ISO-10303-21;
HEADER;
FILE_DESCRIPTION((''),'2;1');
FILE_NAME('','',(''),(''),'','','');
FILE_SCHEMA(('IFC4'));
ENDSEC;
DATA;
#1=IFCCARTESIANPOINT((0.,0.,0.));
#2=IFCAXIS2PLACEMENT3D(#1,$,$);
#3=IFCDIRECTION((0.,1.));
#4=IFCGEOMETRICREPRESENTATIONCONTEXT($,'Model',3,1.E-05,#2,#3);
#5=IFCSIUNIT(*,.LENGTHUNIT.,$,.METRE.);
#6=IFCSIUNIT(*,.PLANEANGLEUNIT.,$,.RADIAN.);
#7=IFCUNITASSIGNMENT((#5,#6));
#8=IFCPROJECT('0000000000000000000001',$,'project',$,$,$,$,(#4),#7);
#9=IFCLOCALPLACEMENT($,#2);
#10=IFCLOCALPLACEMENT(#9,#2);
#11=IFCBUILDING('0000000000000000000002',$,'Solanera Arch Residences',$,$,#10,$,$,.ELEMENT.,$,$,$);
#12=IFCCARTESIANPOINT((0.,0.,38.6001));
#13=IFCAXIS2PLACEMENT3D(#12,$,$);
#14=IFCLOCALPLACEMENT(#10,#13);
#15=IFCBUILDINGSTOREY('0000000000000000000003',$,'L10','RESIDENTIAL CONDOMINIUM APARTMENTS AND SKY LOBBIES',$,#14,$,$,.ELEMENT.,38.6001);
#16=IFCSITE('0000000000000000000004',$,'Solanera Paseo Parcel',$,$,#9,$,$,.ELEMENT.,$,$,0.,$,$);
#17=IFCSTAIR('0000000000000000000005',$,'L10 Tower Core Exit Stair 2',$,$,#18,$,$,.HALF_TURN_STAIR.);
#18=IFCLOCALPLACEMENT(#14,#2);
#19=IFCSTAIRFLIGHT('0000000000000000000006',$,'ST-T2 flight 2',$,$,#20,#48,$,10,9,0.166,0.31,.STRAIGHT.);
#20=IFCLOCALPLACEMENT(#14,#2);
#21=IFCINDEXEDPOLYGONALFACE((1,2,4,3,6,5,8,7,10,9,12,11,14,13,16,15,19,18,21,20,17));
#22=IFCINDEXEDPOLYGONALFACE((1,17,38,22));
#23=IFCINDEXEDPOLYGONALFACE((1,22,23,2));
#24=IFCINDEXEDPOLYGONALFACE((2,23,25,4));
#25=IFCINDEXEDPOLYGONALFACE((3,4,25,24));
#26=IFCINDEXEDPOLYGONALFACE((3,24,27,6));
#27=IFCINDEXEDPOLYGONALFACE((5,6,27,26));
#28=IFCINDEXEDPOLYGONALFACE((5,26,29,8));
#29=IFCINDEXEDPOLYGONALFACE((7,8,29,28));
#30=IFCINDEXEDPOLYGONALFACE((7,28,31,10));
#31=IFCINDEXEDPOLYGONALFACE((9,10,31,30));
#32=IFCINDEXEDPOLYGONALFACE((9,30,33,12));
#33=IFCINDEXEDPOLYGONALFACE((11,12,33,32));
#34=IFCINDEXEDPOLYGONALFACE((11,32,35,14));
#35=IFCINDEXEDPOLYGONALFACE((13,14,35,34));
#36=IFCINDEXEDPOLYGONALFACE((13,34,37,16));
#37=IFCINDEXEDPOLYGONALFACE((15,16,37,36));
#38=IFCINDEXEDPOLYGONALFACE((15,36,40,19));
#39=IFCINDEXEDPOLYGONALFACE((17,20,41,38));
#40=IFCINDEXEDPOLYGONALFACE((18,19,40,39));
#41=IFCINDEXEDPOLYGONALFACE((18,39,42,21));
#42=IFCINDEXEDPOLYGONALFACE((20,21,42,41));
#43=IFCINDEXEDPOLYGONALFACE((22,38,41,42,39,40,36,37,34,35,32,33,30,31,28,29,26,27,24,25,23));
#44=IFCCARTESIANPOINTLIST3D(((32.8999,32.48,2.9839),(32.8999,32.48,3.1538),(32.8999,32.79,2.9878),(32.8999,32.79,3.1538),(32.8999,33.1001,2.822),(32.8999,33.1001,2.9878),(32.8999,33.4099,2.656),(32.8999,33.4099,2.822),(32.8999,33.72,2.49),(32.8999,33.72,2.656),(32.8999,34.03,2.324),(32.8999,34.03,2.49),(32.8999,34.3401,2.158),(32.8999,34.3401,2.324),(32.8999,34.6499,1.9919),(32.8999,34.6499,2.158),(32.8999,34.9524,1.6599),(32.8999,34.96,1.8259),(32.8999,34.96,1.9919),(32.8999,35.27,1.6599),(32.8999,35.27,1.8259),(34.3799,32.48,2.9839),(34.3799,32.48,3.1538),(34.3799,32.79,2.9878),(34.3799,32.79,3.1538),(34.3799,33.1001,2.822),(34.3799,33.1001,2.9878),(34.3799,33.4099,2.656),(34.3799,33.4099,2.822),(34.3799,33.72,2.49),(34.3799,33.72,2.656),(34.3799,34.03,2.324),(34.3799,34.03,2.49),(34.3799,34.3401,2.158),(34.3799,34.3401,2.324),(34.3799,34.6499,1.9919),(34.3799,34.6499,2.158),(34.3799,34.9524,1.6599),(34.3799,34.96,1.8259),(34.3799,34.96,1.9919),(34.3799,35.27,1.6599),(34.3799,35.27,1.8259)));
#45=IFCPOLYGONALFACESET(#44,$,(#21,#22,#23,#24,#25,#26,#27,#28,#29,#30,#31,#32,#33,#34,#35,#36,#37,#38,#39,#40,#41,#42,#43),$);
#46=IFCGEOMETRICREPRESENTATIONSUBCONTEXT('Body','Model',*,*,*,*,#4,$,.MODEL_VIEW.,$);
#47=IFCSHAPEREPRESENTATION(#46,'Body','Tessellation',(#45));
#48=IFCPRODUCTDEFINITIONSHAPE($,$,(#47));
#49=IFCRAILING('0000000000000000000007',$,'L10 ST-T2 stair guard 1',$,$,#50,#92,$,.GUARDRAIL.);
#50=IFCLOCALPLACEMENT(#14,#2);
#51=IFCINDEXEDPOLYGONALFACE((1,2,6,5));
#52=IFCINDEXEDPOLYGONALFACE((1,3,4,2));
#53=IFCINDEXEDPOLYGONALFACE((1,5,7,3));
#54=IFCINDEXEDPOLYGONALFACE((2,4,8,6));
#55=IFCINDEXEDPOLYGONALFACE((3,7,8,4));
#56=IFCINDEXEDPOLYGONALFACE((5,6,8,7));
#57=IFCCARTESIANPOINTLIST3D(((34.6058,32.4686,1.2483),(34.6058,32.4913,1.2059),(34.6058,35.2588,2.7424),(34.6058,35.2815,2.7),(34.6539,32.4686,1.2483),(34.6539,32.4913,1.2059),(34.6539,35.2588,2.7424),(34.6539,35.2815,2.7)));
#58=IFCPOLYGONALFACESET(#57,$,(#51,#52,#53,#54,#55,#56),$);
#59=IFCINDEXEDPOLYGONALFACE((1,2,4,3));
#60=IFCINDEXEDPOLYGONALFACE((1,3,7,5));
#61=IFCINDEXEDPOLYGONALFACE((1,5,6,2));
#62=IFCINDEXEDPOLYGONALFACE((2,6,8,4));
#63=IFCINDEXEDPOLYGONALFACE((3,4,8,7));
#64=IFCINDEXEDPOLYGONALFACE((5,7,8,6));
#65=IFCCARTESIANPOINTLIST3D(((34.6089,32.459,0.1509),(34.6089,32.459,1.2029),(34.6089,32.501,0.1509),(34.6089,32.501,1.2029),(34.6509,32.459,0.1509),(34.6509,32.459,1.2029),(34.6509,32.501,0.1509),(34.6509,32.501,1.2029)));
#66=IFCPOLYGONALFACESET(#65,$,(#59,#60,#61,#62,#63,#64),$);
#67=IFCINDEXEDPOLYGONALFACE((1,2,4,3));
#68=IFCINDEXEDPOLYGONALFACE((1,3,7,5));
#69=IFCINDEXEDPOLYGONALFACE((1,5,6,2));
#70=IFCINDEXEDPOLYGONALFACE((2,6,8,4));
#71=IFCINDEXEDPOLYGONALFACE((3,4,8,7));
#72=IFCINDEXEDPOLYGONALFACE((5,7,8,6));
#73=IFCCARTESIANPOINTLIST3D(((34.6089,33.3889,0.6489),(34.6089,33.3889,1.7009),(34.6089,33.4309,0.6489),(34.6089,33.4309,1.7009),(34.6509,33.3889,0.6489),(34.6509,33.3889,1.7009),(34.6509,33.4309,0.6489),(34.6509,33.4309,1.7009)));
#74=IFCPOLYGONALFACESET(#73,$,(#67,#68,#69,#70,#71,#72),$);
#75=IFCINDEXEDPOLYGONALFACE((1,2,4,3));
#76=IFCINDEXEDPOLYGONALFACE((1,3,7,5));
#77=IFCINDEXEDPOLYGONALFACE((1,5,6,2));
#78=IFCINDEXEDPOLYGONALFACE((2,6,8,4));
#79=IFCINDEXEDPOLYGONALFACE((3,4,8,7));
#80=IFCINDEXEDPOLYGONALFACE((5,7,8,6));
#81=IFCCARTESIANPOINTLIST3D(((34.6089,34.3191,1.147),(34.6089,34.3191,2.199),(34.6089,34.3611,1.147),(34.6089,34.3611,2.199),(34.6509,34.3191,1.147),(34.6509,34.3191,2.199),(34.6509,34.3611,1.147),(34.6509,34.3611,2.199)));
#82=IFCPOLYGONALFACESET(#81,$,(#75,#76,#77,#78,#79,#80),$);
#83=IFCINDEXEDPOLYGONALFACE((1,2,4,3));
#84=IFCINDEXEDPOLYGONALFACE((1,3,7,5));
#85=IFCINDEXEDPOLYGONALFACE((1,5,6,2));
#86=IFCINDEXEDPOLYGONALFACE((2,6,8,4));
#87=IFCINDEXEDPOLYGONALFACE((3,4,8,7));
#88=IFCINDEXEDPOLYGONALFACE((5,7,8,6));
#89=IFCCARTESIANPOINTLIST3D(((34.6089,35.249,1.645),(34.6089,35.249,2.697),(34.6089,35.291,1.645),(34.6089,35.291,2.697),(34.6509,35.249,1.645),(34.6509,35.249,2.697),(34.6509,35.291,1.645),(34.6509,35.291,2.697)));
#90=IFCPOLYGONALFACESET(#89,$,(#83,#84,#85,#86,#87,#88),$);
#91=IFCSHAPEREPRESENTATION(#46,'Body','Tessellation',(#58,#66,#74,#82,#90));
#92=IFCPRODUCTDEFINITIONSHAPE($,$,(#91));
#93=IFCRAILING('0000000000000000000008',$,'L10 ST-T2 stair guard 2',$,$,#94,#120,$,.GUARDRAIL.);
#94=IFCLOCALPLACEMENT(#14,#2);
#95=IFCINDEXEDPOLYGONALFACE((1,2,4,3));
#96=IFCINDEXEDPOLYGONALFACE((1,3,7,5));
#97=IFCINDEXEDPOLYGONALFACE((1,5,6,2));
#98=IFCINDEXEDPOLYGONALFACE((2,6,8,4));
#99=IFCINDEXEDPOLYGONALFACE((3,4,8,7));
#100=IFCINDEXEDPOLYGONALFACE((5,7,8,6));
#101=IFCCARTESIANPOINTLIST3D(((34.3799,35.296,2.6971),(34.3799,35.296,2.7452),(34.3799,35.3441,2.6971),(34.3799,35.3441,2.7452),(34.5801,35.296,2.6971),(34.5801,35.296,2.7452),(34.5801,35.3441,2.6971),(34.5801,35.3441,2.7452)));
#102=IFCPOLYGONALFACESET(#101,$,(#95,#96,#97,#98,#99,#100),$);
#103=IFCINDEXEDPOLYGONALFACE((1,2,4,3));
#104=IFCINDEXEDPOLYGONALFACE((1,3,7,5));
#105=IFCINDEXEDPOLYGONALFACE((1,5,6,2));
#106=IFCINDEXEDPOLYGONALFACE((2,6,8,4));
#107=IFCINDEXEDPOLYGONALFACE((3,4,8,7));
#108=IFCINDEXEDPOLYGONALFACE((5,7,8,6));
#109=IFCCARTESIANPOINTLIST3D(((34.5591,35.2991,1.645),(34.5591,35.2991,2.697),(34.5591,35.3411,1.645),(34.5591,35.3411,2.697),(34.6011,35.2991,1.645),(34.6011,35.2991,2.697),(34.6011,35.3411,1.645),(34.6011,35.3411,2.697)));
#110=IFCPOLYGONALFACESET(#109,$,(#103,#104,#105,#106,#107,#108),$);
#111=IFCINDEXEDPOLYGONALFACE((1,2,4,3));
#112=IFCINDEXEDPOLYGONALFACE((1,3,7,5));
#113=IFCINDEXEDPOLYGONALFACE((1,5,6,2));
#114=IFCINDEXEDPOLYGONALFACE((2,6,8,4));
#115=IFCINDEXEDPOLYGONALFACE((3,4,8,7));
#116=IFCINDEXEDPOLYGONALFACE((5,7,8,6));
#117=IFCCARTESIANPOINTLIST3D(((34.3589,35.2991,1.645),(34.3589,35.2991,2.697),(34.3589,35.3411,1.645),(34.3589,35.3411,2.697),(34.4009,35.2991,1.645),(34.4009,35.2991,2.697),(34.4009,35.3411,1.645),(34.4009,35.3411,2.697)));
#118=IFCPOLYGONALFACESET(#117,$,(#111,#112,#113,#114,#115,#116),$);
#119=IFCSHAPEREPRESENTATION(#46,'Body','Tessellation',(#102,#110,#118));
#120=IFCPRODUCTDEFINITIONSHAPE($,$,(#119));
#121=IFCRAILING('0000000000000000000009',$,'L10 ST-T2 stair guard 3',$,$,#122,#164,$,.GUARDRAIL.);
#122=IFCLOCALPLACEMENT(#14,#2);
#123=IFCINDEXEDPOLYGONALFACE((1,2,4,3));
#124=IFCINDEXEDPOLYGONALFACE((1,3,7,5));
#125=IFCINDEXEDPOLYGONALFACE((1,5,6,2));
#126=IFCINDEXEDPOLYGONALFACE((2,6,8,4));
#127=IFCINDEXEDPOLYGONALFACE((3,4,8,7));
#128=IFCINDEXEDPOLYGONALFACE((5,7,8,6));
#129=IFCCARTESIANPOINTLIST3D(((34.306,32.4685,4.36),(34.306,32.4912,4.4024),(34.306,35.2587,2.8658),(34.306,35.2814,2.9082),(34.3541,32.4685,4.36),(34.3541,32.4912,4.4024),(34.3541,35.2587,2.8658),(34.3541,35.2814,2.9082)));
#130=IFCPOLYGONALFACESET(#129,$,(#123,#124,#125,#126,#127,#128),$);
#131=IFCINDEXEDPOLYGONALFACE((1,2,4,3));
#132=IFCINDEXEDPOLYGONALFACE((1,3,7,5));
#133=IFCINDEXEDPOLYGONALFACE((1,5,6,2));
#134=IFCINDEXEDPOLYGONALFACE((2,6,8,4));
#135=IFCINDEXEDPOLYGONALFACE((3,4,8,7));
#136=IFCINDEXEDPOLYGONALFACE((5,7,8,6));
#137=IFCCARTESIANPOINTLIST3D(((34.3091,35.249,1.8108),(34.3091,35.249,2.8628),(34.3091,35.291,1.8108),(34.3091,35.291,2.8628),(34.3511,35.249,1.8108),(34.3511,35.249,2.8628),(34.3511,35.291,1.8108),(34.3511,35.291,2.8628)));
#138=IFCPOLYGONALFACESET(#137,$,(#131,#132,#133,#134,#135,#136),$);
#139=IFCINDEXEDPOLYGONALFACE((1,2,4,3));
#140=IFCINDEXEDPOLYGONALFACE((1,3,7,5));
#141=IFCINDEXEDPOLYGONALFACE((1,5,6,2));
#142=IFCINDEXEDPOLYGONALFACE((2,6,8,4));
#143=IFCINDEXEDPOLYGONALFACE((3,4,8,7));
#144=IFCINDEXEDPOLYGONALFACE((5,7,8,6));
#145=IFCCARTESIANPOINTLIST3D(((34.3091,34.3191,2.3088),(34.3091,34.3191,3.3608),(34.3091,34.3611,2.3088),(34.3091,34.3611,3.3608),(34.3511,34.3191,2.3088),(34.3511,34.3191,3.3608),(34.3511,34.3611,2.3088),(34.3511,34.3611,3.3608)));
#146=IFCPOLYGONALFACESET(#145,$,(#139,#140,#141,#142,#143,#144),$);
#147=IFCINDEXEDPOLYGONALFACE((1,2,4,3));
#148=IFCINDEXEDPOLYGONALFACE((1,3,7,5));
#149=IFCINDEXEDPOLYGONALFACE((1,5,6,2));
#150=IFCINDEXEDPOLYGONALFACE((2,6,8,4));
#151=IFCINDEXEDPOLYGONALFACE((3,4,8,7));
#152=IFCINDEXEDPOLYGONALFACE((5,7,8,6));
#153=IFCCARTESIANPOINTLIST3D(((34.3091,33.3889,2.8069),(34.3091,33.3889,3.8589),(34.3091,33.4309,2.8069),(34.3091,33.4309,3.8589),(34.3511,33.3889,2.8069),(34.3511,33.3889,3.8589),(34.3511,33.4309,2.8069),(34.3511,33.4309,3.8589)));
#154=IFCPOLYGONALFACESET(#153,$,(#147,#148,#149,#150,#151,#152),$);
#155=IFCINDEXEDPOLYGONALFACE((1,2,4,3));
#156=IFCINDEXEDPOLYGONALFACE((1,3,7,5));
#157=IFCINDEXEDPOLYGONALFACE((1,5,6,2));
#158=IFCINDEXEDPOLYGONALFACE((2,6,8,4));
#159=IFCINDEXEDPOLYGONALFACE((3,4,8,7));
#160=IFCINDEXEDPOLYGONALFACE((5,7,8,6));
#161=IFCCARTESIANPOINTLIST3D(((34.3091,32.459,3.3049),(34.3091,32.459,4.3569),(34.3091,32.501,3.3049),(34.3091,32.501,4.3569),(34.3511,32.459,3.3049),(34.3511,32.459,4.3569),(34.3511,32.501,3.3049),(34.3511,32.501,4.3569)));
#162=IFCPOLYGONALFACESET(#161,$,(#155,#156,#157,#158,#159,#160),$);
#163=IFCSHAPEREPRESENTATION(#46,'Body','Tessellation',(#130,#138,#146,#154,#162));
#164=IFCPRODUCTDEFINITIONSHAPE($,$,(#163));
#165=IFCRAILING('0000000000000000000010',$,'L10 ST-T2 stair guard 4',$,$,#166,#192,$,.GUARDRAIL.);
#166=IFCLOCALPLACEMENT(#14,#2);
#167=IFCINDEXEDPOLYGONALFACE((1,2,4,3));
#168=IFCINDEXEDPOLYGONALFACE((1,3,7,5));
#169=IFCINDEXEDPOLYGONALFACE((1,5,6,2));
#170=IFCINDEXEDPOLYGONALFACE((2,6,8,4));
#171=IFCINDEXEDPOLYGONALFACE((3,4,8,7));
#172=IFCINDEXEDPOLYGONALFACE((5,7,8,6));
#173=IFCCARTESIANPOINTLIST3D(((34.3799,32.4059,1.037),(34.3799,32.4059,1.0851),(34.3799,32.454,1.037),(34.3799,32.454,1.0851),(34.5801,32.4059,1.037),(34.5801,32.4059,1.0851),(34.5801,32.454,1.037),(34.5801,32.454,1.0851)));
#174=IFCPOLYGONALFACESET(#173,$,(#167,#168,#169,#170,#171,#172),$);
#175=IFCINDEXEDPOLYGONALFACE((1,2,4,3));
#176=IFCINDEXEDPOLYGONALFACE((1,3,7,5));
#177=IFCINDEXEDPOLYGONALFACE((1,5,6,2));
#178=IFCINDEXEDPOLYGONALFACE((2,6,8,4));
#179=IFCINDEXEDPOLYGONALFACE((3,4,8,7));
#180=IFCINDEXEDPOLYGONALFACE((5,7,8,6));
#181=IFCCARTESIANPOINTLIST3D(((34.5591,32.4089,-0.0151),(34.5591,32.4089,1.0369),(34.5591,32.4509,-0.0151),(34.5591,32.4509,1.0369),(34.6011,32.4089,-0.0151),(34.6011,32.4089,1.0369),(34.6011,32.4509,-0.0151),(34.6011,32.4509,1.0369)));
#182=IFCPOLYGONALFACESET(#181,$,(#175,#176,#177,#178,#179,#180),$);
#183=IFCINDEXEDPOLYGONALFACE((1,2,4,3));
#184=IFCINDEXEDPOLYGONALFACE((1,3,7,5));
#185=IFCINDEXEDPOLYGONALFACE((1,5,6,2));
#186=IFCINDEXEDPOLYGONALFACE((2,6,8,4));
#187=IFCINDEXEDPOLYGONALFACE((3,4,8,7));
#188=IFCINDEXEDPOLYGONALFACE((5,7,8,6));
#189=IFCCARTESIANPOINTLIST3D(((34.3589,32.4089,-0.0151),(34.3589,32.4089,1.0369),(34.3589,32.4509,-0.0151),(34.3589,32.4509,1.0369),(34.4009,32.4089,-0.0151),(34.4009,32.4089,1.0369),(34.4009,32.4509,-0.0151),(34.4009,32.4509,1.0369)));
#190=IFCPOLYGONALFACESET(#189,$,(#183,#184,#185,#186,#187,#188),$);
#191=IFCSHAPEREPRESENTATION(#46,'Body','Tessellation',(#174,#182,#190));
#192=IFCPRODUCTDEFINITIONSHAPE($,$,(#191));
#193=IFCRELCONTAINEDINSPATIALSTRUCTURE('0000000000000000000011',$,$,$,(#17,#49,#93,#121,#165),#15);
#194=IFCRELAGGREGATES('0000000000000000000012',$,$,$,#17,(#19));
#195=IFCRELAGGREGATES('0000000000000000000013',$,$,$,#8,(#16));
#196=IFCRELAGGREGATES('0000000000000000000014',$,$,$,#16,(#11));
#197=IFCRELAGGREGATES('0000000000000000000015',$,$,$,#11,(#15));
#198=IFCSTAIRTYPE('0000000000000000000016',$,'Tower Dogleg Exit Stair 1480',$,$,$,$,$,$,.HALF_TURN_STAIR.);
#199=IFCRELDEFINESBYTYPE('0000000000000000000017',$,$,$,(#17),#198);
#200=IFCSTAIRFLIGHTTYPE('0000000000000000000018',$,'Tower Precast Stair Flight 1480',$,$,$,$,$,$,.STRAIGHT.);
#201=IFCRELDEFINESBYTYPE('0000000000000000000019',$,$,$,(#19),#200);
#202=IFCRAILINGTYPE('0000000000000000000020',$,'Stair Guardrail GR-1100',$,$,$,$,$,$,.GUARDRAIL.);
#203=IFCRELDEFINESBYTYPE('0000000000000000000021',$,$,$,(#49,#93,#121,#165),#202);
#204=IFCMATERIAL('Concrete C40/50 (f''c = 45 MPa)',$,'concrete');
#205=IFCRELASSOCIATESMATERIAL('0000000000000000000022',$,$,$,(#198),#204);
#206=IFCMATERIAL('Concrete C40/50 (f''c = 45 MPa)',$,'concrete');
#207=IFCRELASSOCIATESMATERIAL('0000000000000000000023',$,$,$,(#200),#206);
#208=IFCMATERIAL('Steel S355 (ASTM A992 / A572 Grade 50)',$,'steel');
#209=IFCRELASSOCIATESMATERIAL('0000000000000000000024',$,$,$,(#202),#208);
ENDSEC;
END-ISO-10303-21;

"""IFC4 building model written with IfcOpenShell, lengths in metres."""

from ifc_helpers import new_model, si_unit, direction, frame, origin, origin_2d, place, context, subcontext, project, spatial, polyline, rectangle, outline, extrude, material, type_object, element, aggregate, save


model = new_model("IFC4")

# Units and contexts
model_context = context("Model", 3, precision=1e-05, world=origin(), true_north=direction((0.0, 1.0)))
body_context = subcontext(model_context, "Body", "Model", "MODEL_VIEW")
ifc_project = project(units=[si_unit("LENGTHUNIT", "METRE"), si_unit("PLANEANGLEUNIT", "RADIAN")], contexts=[model_context])

# Site, building, storey
site_placement = place(None, origin())
site = spatial("IfcSite", under=ifc_project, at=site_placement, Name="Solanera Paseo Parcel", CompositionType="ELEMENT", RefElevation=0.0)
building_placement = place(site_placement, origin())
building = spatial("IfcBuilding", under=site, at=building_placement, Name="Solanera Arch Residences", CompositionType="ELEMENT")
storey_placement = place(building_placement, frame((0.0, 0.0, 38.6001)))
storey = spatial("IfcBuildingStorey", under=building, at=storey_placement, Name="L10", Description="RESIDENTIAL CONDOMINIUM APARTMENTS AND SKY LOBBIES", CompositionType="ELEMENT", Elevation=38.6001)

# Stair, stair flight
ifc_material_1 = material(Name="Concrete C40/50 (f'c = 45 MPa)", Category="concrete")
stair_type = type_object("IfcStairType", Name="Tower Dogleg Exit Stair 1480", PredefinedType="HALF_TURN_STAIR", material=ifc_material_1)
stair_placement = place(storey_placement, origin())
stair = element("IfcStair", 1, at=stair_placement, inside=storey, type_object=stair_type, Name="L10 Tower Core Exit Stair 2", PredefinedType="HALF_TURN_STAIR")
ifc_material_2 = material(Name="Concrete C40/50 (f'c = 45 MPa)", Category="concrete")
stair_flight_type = type_object("IfcStairFlightType", Name="Tower Precast Stair Flight 1480", PredefinedType="STRAIGHT", material=ifc_material_2)
stair_flight_1_placement = place(storey_placement, frame((33.6399, 35.27, 1.6599), z_axis=(0.0, 0.0, 1.0), x_axis=(0.0, -1.0, 0.0)))
stair_flight_1 = element("IfcStairFlight", 2, at=stair_flight_1_placement, type_object=stair_flight_type, Name="ST-T2 flight 2", NumberOfRisers=10, NumberOfTreads=9, PredefinedType="STRAIGHT", RiserHeight=0.166, TreadLength=0.31, context=body_context, shape_type="SweptSolid", body=[
    extrude(outline(polyline([(0.0, 0.0), (0.0, 0.166), (0.3101, 0.166), (0.3101, 0.332), (0.6201, 0.332), (0.6201, 0.498), (0.9299, 0.498), (0.9299, 0.6641), (1.24, 0.6641), (1.24, 0.8301), (1.55, 0.8301), (1.55, 0.9961), (1.8601, 0.9961), (1.8601, 1.1621), (2.1699, 1.1621), (2.1699, 1.3279), (2.48, 1.3279), (2.48, 1.4939), (2.79, 1.4939), (2.79, 1.6599), (2.79, 1.324), (0.3176, 0.0), (0.0, 0.0)])), frame((0.0, 0.74, 0.0), z_axis=(0.0, -1.0, 0.0), x_axis=(1.0, 0.0, 0.0)), (0.0, 0.0, 1.0), 1.48),
])
aggregate(stair, [stair_flight_1])

# Railings
ifc_material_3 = material(Name="Steel S355 (ASTM A992 / A572 Grade 50)", Category="steel")
railing_type_1 = type_object("IfcRailingType", Name="Stair Guardrail GR-1100", PredefinedType="GUARDRAIL", material=ifc_material_3)
railing_1_placement = place(storey_placement, frame((34.6299, 32.48, 0.1509)))
element("IfcRailing", 3, at=railing_1_placement, inside=storey, type_object=railing_type_1, Name="L10 ST-T2 stair guard 1", PredefinedType="GUARDRAIL", context=body_context, shape_type="SweptSolid", body=[
    extrude(rectangle(XDim=0.0481, YDim=0.0481, at=origin_2d()), frame((0.0, 0.0, 1.0762), z_axis=(0.0, 0.881549, 0.472093), x_axis=(-1.0, 0.0, 0.0)), (0.0, 0.0, 1.0), 3.165),
    extrude(rectangle(XDim=0.042, YDim=0.042, at=origin_2d()), origin(), (0.0, 0.0, 1.0), 1.052),
    extrude(rectangle(XDim=0.042, YDim=0.042, at=origin_2d()), frame((0.0, 0.9299, 0.498)), (0.0, 0.0, 1.0), 1.052),
    extrude(rectangle(XDim=0.042, YDim=0.042, at=origin_2d()), frame((0.0, 1.8601, 0.9961)), (0.0, 0.0, 1.0), 1.052),
    extrude(rectangle(XDim=0.042, YDim=0.042, at=origin_2d()), frame((0.0, 2.79, 1.4941)), (0.0, 0.0, 1.0), 1.052),
])
railing_2_placement = place(storey_placement, frame((34.5801, 35.3201, 1.645)))
element("IfcRailing", 4, at=railing_2_placement, inside=storey, type_object=railing_type_1, Name="L10 ST-T2 stair guard 2", PredefinedType="GUARDRAIL", context=body_context, shape_type="SweptSolid", body=[
    extrude(rectangle(XDim=0.0481, YDim=0.0481, at=origin_2d()), frame((0.0, 0.0, 1.0762), z_axis=(-1.0, 0.0, 0.0), x_axis=(0.0, -1.0, 0.0)), (0.0, 0.0, 1.0), 0.2002),
    extrude(rectangle(XDim=0.042, YDim=0.042, at=origin_2d()), origin(), (0.0, 0.0, 1.0), 1.052),
    extrude(rectangle(XDim=0.042, YDim=0.042, at=origin_2d()), frame((-0.2002, 0.0, 0.0)), (0.0, 0.0, 1.0), 1.052),
])
railing_3_placement = place(storey_placement, frame((34.3301, 35.27, 1.8108)))
element("IfcRailing", 5, at=railing_3_placement, inside=storey, type_object=railing_type_1, Name="L10 ST-T2 stair guard 3", PredefinedType="GUARDRAIL", context=body_context, shape_type="SweptSolid", body=[
    extrude(rectangle(XDim=0.0481, YDim=0.0481, at=origin_2d()), frame((0.0, 0.0, 1.0762), z_axis=(0.0, -0.881549, 0.472093), x_axis=(1.0, 0.0, 0.0)), (0.0, 0.0, 1.0), 3.165),
    extrude(rectangle(XDim=0.042, YDim=0.042, at=origin_2d()), origin(), (0.0, 0.0, 1.0), 1.052),
    extrude(rectangle(XDim=0.042, YDim=0.042, at=origin_2d()), frame((0.0, -0.9299, 0.498)), (0.0, 0.0, 1.0), 1.052),
    extrude(rectangle(XDim=0.042, YDim=0.042, at=origin_2d()), frame((0.0, -1.8601, 0.9961)), (0.0, 0.0, 1.0), 1.052),
    extrude(rectangle(XDim=0.042, YDim=0.042, at=origin_2d()), frame((0.0, -2.79, 1.4941)), (0.0, 0.0, 1.0), 1.052),
])
railing_4_placement = place(storey_placement, frame((34.5801, 32.4299, -0.0151)))
element("IfcRailing", 6, at=railing_4_placement, inside=storey, type_object=railing_type_1, Name="L10 ST-T2 stair guard 4", PredefinedType="GUARDRAIL", context=body_context, shape_type="SweptSolid", body=[
    extrude(rectangle(XDim=0.0481, YDim=0.0481, at=origin_2d()), frame((0.0, 0.0, 1.0762), z_axis=(-1.0, 0.0, 0.0), x_axis=(0.0, -1.0, 0.0)), (0.0, 0.0, 1.0), 0.2002),
    extrude(rectangle(XDim=0.042, YDim=0.042, at=origin_2d()), origin(), (0.0, 0.0, 1.0), 1.052),
    extrude(rectangle(XDim=0.042, YDim=0.042, at=origin_2d()), frame((-0.2002, 0.0, 0.0)), (0.0, 0.0, 1.0), 1.052),
])

save(model, "model.ifc")
